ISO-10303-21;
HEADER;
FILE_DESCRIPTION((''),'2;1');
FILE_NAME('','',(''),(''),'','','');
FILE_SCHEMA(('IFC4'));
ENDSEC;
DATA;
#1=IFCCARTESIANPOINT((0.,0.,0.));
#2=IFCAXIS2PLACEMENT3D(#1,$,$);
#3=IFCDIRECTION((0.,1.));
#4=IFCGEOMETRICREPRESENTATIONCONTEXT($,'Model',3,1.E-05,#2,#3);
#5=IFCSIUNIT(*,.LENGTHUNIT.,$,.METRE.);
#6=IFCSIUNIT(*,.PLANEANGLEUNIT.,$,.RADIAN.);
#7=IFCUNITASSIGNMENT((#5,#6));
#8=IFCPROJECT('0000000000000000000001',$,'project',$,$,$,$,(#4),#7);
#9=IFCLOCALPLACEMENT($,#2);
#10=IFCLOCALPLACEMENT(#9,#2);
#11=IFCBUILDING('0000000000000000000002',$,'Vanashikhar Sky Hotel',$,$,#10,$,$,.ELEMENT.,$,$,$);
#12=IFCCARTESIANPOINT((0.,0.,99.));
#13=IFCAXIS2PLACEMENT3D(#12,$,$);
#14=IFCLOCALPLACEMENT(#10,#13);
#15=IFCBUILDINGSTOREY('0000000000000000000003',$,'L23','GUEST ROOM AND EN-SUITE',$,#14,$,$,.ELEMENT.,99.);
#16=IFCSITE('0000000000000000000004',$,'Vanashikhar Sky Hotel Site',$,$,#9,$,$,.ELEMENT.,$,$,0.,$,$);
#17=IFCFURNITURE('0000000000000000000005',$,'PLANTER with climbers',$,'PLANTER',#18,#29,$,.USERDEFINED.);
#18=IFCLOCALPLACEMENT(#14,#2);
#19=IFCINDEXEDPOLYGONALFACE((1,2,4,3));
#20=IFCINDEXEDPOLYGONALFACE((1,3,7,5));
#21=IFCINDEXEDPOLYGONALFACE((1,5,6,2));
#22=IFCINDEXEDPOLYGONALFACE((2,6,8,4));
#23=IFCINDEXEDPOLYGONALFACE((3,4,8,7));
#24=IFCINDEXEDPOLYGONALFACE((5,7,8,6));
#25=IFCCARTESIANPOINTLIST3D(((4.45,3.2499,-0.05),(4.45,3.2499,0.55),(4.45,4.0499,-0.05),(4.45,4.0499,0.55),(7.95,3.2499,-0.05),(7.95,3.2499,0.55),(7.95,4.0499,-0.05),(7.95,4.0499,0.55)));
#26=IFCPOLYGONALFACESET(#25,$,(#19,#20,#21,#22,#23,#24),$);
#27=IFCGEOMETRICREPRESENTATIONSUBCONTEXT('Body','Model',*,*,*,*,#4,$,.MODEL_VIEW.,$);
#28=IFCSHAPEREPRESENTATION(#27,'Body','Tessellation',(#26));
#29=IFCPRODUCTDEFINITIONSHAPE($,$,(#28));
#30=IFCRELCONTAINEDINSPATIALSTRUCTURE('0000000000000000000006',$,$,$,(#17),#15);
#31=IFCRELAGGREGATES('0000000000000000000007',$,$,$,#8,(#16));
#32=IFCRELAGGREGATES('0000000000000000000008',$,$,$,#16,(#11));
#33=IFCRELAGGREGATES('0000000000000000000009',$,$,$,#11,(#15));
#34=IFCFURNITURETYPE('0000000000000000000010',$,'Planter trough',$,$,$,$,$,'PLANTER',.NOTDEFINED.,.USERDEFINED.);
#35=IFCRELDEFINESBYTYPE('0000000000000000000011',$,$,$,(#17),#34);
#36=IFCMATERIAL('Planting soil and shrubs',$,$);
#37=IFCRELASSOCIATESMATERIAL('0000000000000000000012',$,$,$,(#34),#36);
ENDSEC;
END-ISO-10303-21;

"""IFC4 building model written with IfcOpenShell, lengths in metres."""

from ifc_helpers import new_model, si_unit, direction, frame, origin, origin_2d, place, context, subcontext, project, spatial, rectangle, extrude, source, transform, mapped, material, type_object, element, save


model = new_model("IFC4")

# Units and contexts
model_context = context("Model", 3, precision=1e-05, world=origin(), true_north=direction((0.0, 1.0)))
body_context = subcontext(model_context, "Body", "Model", "MODEL_VIEW")
ifc_project = project(units=[si_unit("LENGTHUNIT", "METRE"), si_unit("PLANEANGLEUNIT", "RADIAN")], contexts=[model_context])

# Site, building, storey
site_placement = place(None, origin())
site = spatial("IfcSite", under=ifc_project, at=site_placement, Name="Vanashikhar Sky Hotel Site", CompositionType="ELEMENT", RefElevation=0.0)
building_placement = place(site_placement, origin())
building = spatial("IfcBuilding", under=site, at=building_placement, Name="Vanashikhar Sky Hotel", CompositionType="ELEMENT")
storey_placement = place(building_placement, frame((0.0, 0.0, 99.0)))
storey = spatial("IfcBuildingStorey", under=building, at=storey_placement, Name="L23", Description="GUEST ROOM AND EN-SUITE", CompositionType="ELEMENT", Elevation=99.0)

# Furniture
ifc_material_1 = material(Name="Planting soil and shrubs")
furniture_type = type_object("IfcFurnitureType", Name="Planter trough", ElementType="PLANTER", AssemblyPlace="NOTDEFINED", PredefinedType="USERDEFINED", material=ifc_material_1)
shared_shape_1 = source(origin(), body_context, "Body", "SweptSolid", [
    extrude(rectangle(XDim=3.5, YDim=0.8, at=origin_2d()), origin(), (0.0, 0.0, 1.0), 0.6001),
])
furniture_placement = place(storey_placement, frame((6.2, 3.6499, -0.05), z_axis=(0.0, 0.0, 1.0), x_axis=(1.0, 0.0, 0.0)))
element("IfcFurniture", 1, at=furniture_placement, inside=storey, type_object=furniture_type, Name="PLANTER with climbers", ObjectType="PLANTER", PredefinedType="USERDEFINED", context=body_context, shape_type="MappedRepresentation", body=[
    mapped(shared_shape_1, transform((0.0, 0.0, 0.0), scale=1.0)),
])

save(model, "model.ifc")
